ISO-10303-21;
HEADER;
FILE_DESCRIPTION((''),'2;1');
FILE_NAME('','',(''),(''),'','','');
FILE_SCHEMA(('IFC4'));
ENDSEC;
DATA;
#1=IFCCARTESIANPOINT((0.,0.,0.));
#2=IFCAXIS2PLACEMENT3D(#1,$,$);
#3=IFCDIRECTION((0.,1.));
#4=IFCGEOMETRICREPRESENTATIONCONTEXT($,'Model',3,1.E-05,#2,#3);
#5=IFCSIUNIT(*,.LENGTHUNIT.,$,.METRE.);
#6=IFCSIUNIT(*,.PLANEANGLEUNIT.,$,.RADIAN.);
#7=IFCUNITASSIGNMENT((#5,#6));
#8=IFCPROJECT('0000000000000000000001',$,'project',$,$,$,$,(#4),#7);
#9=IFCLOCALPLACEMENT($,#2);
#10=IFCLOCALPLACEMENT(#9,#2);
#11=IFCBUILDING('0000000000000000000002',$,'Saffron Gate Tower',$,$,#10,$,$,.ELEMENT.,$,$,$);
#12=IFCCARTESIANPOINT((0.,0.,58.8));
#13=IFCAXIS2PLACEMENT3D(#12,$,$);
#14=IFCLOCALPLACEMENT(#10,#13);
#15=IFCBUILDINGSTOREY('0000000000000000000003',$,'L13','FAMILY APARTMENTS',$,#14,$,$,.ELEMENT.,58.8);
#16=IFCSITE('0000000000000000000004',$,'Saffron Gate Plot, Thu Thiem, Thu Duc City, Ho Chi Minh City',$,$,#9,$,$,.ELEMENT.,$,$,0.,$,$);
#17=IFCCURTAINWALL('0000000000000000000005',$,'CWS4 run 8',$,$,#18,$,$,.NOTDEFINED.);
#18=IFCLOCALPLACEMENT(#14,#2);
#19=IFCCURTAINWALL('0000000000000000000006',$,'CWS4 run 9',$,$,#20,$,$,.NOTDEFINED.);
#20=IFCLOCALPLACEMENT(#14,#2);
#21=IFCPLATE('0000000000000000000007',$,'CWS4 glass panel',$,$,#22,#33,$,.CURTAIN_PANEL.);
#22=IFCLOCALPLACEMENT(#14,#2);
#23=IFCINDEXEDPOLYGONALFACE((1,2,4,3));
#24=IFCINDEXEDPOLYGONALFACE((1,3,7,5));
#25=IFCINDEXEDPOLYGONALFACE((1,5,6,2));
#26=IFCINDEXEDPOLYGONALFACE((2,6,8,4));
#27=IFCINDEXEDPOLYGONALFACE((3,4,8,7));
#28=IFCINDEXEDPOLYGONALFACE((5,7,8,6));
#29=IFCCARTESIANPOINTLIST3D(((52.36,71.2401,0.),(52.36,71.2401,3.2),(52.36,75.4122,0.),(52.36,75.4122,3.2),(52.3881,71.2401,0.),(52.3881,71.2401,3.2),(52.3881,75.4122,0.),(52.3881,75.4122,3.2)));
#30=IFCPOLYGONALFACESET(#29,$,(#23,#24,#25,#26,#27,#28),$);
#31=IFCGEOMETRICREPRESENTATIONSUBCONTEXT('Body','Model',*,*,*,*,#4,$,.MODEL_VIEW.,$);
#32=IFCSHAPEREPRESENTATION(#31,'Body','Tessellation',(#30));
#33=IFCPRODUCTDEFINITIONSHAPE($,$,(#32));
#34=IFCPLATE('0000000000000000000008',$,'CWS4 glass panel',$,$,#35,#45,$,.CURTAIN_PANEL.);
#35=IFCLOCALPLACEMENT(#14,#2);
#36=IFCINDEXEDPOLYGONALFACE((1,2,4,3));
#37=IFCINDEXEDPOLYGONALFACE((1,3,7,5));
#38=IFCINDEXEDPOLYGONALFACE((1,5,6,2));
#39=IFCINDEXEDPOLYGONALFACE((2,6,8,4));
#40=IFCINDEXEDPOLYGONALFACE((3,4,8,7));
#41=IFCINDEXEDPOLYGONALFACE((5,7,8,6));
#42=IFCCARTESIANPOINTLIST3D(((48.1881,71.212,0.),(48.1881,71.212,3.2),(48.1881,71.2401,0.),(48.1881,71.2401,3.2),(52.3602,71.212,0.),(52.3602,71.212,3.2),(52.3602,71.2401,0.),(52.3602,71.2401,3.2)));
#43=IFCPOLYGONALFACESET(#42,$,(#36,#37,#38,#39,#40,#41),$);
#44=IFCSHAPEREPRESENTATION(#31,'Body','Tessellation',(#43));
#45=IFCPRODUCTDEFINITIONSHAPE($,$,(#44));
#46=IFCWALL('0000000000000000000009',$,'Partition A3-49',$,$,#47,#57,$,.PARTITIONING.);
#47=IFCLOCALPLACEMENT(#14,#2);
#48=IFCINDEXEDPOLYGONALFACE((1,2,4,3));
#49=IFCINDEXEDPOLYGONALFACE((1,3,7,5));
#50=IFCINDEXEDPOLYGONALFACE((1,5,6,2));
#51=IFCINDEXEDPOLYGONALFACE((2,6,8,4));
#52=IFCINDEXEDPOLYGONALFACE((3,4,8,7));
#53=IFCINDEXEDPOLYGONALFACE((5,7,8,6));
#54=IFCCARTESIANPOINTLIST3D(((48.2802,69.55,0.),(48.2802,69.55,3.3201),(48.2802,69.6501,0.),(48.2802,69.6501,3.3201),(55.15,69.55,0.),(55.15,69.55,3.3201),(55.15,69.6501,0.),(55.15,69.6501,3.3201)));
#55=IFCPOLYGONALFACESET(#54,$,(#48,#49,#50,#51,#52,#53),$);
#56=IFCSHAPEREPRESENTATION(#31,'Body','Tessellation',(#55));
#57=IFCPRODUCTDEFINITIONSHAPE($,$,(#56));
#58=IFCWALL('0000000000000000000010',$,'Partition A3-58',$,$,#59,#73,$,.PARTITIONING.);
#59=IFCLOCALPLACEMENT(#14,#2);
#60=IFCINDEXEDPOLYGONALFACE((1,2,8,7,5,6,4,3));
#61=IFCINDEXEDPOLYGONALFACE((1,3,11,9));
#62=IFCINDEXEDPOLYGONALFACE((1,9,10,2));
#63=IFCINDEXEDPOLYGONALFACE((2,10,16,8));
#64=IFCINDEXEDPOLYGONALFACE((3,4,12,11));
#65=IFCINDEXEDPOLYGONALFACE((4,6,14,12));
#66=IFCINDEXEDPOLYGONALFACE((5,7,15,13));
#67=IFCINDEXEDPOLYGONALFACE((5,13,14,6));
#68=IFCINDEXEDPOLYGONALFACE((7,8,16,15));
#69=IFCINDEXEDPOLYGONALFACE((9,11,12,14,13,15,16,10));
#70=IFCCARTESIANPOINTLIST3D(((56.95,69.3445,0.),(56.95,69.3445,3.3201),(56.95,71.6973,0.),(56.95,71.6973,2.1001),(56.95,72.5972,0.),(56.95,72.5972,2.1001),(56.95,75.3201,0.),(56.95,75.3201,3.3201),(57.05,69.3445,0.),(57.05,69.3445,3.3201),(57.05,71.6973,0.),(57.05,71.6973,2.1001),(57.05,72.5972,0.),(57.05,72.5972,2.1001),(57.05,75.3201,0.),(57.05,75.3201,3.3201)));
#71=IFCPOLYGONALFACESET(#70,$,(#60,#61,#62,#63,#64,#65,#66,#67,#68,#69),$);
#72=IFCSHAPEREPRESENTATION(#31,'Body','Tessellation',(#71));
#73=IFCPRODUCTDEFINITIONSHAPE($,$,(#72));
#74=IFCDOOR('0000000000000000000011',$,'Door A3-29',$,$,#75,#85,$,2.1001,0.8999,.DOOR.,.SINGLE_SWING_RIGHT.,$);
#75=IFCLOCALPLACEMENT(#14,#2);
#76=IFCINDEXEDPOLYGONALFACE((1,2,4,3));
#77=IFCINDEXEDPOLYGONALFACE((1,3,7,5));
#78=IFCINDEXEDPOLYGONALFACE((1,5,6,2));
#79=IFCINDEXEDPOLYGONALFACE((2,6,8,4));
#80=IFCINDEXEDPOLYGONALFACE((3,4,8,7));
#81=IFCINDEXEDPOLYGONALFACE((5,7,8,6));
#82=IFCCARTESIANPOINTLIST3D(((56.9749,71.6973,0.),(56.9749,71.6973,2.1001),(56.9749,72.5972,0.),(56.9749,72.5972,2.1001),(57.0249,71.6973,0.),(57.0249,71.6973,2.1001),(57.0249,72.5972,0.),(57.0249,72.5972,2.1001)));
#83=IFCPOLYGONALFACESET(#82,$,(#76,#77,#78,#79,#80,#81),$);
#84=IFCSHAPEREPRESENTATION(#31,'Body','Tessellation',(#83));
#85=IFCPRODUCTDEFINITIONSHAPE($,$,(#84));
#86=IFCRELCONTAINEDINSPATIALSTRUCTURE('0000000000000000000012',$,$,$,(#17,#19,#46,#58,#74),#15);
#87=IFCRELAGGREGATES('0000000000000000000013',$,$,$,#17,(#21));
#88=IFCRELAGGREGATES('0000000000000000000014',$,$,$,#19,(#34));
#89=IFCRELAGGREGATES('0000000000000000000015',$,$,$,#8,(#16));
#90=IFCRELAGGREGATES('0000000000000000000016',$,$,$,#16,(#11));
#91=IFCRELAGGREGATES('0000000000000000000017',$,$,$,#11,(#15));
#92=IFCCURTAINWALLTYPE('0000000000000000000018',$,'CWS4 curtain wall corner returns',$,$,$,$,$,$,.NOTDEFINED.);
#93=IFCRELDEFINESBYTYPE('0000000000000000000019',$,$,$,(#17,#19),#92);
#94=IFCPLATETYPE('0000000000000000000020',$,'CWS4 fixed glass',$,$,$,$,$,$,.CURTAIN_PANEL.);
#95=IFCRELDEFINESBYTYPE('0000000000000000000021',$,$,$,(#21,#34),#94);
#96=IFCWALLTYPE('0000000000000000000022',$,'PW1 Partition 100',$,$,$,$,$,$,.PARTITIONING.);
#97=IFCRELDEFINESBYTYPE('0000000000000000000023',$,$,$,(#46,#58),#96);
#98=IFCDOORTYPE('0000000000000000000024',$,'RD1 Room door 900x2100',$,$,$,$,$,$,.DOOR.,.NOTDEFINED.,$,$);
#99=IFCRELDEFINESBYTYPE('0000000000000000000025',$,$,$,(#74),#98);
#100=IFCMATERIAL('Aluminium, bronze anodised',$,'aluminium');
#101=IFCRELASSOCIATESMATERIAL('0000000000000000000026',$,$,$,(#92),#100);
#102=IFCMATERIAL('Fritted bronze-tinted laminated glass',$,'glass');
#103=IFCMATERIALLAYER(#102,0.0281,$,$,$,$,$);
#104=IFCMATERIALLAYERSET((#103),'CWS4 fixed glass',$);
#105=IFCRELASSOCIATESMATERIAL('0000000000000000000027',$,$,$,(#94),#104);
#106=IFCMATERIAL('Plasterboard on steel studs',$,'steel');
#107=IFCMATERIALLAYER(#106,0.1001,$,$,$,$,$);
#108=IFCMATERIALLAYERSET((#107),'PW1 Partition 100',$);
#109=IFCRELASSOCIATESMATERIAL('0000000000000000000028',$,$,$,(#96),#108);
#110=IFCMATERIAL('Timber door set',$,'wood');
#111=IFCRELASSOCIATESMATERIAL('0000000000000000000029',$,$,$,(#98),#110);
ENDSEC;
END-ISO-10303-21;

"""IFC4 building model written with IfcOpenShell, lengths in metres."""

from ifc_helpers import new_model, si_unit, direction, frame, frame_2d, origin, place, context, subcontext, project, spatial, rectangle, extrude, material, layer, layer_set, type_object, element, fill, aggregate, save


model = new_model("IFC4")

# Units and contexts
model_context = context("Model", 3, precision=1e-05, world=origin(), true_north=direction((0.0, 1.0)))
body_context = subcontext(model_context, "Body", "Model", "MODEL_VIEW")
ifc_project = project(units=[si_unit("LENGTHUNIT", "METRE"), si_unit("PLANEANGLEUNIT", "RADIAN")], contexts=[model_context])

# Site, building, storey
site_placement = place(None, origin())
site = spatial("IfcSite", under=ifc_project, at=site_placement, Name="Saffron Gate Plot, Thu Thiem, Thu Duc City, Ho Chi Minh City", CompositionType="ELEMENT", RefElevation=0.0)
building_placement = place(site_placement, origin())
building = spatial("IfcBuilding", under=site, at=building_placement, Name="Saffron Gate Tower", CompositionType="ELEMENT")
storey_placement = place(building_placement, frame((0.0, 0.0, 58.8)))
storey = spatial("IfcBuildingStorey", under=building, at=storey_placement, Name="L13", Description="FAMILY APARTMENTS", CompositionType="ELEMENT", Elevation=58.8)

# Shared definitions
ifc_material_1 = material(Name="Aluminium, bronze anodised", Category="aluminium")

# Curtain walls
curtain_wall_type_1 = type_object("IfcCurtainWallType", Name="CWS4 curtain wall corner returns", PredefinedType="NOTDEFINED", material=ifc_material_1)
curtain_wall_1_placement = place(storey_placement, origin())
curtain_wall_1 = element("IfcCurtainWall", 1, at=curtain_wall_1_placement, inside=storey, type_object=curtain_wall_type_1, Name="CWS4 run 8", PredefinedType="NOTDEFINED")
curtain_wall_2_placement = place(storey_placement, origin())
curtain_wall_2 = element("IfcCurtainWall", 2, at=curtain_wall_2_placement, inside=storey, type_object=curtain_wall_type_1, Name="CWS4 run 9", PredefinedType="NOTDEFINED")

# Shared definitions
ifc_material_2 = material(Name="Fritted bronze-tinted laminated glass", Category="glass")

# Plates
ifc_layer_1 = layer(ifc_material_2, 0.0281)
ifc_layer_set_1 = layer_set([ifc_layer_1], Name="CWS4 fixed glass")
plate_type_1 = type_object("IfcPlateType", Name="CWS4 fixed glass", PredefinedType="CURTAIN_PANEL", material=ifc_layer_set_1)
plate_1_placement = place(storey_placement, frame((52.374, 75.4121, 0.0), z_axis=(0.0, 0.0, 1.0), x_axis=(0.0, -1.0, 0.0)))
plate_1 = element("IfcPlate", 3, at=plate_1_placement, type_object=plate_type_1, Name="CWS4 glass panel", PredefinedType="CURTAIN_PANEL", context=body_context, shape_type="SweptSolid", body=[
    extrude(rectangle(XDim=4.1721, YDim=0.0281, at=frame_2d((2.0859, 0.0))), origin(), (0.0, 0.0, 1.0), 3.2),
])
aggregate(curtain_wall_1, [plate_1])
plate_2_placement = place(storey_placement, frame((52.3601, 71.2261, 0.0), z_axis=(0.0, 0.0, 1.0), x_axis=(-1.0, 0.0, 0.0)))
plate_2 = element("IfcPlate", 4, at=plate_2_placement, type_object=plate_type_1, Name="CWS4 glass panel", PredefinedType="CURTAIN_PANEL", context=body_context, shape_type="SweptSolid", body=[
    extrude(rectangle(XDim=4.1721, YDim=0.0281, at=frame_2d((2.0859, 0.0))), origin(), (0.0, 0.0, 1.0), 3.2),
])
aggregate(curtain_wall_2, [plate_2])

# Wall
ifc_material_3 = material(Name="Plasterboard on steel studs", Category="steel")
ifc_layer_2 = layer(ifc_material_3, 0.1001)
ifc_layer_set_2 = layer_set([ifc_layer_2], Name="PW1 Partition 100")
wall_type = type_object("IfcWallType", Name="PW1 Partition 100", PredefinedType="PARTITIONING", material=ifc_layer_set_2)
wall_1_placement = place(storey_placement, frame((48.28, 69.6001, 0.0), z_axis=(0.0, 0.0, 1.0), x_axis=(1.0, 0.0, 0.0)))
element("IfcWall", 5, at=wall_1_placement, inside=storey, type_object=wall_type, Name="Partition A3-49", PredefinedType="PARTITIONING", context=body_context, shape_type="SweptSolid", body=[
    extrude(rectangle(XDim=6.8699, YDim=0.1001, at=frame_2d((3.4351, 0.0))), origin(), (0.0, 0.0, 1.0), 3.3201),
])

# Wall, opening, door
wall_2_placement = place(storey_placement, frame((57.0, 75.3201, 0.0), z_axis=(0.0, 0.0, 1.0), x_axis=(0.0, -1.0, 0.0)))
wall_2 = element("IfcWall", 6, at=wall_2_placement, inside=storey, type_object=wall_type, Name="Partition A3-58", PredefinedType="PARTITIONING", context=body_context, shape_type="SweptSolid", body=[
    extrude(rectangle(XDim=5.9756, YDim=0.1001, at=frame_2d((2.9878, 0.0))), origin(), (0.0, 0.0, 1.0), 3.3201),
])
opening_1_placement = place(wall_2_placement, frame((2.7229, 0.0, 0.0)))
opening_1 = element("IfcOpeningElement", 7, at=opening_1_placement, cuts=wall_2, PredefinedType="OPENING", context=body_context, shape_type="SweptSolid", body=[
    extrude(rectangle(XDim=0.8999, YDim=2.1001, at=frame_2d((0.45, 1.05))), frame((0.0, 0.0601, 0.0), z_axis=(0.0, -1.0, 0.0), x_axis=(1.0, 0.0, 0.0)), (0.0, 0.0, 1.0), 0.1201),
])
ifc_material_4 = material(Name="Timber door set", Category="wood")
door_type = type_object("IfcDoorType", Name="RD1 Room door 900x2100", OperationType="NOTDEFINED", PredefinedType="DOOR", material=ifc_material_4)
door_placement = place(opening_1_placement, origin())
door = element("IfcDoor", 8, at=door_placement, inside=storey, type_object=door_type, Name="Door A3-29", OperationType="SINGLE_SWING_RIGHT", OverallHeight=2.1001, OverallWidth=0.8999, PredefinedType="DOOR", context=body_context, shape_type="SweptSolid", body=[
    extrude(rectangle(XDim=0.8999, YDim=2.1001, at=frame_2d((0.45, 1.05))), frame((0.0, 0.0249, 0.0), z_axis=(0.0, -1.0, 0.0), x_axis=(1.0, 0.0, 0.0)), (0.0, 0.0, 1.0), 0.05),
])
fill(opening_1, door)

save(model, "model.ifc")
